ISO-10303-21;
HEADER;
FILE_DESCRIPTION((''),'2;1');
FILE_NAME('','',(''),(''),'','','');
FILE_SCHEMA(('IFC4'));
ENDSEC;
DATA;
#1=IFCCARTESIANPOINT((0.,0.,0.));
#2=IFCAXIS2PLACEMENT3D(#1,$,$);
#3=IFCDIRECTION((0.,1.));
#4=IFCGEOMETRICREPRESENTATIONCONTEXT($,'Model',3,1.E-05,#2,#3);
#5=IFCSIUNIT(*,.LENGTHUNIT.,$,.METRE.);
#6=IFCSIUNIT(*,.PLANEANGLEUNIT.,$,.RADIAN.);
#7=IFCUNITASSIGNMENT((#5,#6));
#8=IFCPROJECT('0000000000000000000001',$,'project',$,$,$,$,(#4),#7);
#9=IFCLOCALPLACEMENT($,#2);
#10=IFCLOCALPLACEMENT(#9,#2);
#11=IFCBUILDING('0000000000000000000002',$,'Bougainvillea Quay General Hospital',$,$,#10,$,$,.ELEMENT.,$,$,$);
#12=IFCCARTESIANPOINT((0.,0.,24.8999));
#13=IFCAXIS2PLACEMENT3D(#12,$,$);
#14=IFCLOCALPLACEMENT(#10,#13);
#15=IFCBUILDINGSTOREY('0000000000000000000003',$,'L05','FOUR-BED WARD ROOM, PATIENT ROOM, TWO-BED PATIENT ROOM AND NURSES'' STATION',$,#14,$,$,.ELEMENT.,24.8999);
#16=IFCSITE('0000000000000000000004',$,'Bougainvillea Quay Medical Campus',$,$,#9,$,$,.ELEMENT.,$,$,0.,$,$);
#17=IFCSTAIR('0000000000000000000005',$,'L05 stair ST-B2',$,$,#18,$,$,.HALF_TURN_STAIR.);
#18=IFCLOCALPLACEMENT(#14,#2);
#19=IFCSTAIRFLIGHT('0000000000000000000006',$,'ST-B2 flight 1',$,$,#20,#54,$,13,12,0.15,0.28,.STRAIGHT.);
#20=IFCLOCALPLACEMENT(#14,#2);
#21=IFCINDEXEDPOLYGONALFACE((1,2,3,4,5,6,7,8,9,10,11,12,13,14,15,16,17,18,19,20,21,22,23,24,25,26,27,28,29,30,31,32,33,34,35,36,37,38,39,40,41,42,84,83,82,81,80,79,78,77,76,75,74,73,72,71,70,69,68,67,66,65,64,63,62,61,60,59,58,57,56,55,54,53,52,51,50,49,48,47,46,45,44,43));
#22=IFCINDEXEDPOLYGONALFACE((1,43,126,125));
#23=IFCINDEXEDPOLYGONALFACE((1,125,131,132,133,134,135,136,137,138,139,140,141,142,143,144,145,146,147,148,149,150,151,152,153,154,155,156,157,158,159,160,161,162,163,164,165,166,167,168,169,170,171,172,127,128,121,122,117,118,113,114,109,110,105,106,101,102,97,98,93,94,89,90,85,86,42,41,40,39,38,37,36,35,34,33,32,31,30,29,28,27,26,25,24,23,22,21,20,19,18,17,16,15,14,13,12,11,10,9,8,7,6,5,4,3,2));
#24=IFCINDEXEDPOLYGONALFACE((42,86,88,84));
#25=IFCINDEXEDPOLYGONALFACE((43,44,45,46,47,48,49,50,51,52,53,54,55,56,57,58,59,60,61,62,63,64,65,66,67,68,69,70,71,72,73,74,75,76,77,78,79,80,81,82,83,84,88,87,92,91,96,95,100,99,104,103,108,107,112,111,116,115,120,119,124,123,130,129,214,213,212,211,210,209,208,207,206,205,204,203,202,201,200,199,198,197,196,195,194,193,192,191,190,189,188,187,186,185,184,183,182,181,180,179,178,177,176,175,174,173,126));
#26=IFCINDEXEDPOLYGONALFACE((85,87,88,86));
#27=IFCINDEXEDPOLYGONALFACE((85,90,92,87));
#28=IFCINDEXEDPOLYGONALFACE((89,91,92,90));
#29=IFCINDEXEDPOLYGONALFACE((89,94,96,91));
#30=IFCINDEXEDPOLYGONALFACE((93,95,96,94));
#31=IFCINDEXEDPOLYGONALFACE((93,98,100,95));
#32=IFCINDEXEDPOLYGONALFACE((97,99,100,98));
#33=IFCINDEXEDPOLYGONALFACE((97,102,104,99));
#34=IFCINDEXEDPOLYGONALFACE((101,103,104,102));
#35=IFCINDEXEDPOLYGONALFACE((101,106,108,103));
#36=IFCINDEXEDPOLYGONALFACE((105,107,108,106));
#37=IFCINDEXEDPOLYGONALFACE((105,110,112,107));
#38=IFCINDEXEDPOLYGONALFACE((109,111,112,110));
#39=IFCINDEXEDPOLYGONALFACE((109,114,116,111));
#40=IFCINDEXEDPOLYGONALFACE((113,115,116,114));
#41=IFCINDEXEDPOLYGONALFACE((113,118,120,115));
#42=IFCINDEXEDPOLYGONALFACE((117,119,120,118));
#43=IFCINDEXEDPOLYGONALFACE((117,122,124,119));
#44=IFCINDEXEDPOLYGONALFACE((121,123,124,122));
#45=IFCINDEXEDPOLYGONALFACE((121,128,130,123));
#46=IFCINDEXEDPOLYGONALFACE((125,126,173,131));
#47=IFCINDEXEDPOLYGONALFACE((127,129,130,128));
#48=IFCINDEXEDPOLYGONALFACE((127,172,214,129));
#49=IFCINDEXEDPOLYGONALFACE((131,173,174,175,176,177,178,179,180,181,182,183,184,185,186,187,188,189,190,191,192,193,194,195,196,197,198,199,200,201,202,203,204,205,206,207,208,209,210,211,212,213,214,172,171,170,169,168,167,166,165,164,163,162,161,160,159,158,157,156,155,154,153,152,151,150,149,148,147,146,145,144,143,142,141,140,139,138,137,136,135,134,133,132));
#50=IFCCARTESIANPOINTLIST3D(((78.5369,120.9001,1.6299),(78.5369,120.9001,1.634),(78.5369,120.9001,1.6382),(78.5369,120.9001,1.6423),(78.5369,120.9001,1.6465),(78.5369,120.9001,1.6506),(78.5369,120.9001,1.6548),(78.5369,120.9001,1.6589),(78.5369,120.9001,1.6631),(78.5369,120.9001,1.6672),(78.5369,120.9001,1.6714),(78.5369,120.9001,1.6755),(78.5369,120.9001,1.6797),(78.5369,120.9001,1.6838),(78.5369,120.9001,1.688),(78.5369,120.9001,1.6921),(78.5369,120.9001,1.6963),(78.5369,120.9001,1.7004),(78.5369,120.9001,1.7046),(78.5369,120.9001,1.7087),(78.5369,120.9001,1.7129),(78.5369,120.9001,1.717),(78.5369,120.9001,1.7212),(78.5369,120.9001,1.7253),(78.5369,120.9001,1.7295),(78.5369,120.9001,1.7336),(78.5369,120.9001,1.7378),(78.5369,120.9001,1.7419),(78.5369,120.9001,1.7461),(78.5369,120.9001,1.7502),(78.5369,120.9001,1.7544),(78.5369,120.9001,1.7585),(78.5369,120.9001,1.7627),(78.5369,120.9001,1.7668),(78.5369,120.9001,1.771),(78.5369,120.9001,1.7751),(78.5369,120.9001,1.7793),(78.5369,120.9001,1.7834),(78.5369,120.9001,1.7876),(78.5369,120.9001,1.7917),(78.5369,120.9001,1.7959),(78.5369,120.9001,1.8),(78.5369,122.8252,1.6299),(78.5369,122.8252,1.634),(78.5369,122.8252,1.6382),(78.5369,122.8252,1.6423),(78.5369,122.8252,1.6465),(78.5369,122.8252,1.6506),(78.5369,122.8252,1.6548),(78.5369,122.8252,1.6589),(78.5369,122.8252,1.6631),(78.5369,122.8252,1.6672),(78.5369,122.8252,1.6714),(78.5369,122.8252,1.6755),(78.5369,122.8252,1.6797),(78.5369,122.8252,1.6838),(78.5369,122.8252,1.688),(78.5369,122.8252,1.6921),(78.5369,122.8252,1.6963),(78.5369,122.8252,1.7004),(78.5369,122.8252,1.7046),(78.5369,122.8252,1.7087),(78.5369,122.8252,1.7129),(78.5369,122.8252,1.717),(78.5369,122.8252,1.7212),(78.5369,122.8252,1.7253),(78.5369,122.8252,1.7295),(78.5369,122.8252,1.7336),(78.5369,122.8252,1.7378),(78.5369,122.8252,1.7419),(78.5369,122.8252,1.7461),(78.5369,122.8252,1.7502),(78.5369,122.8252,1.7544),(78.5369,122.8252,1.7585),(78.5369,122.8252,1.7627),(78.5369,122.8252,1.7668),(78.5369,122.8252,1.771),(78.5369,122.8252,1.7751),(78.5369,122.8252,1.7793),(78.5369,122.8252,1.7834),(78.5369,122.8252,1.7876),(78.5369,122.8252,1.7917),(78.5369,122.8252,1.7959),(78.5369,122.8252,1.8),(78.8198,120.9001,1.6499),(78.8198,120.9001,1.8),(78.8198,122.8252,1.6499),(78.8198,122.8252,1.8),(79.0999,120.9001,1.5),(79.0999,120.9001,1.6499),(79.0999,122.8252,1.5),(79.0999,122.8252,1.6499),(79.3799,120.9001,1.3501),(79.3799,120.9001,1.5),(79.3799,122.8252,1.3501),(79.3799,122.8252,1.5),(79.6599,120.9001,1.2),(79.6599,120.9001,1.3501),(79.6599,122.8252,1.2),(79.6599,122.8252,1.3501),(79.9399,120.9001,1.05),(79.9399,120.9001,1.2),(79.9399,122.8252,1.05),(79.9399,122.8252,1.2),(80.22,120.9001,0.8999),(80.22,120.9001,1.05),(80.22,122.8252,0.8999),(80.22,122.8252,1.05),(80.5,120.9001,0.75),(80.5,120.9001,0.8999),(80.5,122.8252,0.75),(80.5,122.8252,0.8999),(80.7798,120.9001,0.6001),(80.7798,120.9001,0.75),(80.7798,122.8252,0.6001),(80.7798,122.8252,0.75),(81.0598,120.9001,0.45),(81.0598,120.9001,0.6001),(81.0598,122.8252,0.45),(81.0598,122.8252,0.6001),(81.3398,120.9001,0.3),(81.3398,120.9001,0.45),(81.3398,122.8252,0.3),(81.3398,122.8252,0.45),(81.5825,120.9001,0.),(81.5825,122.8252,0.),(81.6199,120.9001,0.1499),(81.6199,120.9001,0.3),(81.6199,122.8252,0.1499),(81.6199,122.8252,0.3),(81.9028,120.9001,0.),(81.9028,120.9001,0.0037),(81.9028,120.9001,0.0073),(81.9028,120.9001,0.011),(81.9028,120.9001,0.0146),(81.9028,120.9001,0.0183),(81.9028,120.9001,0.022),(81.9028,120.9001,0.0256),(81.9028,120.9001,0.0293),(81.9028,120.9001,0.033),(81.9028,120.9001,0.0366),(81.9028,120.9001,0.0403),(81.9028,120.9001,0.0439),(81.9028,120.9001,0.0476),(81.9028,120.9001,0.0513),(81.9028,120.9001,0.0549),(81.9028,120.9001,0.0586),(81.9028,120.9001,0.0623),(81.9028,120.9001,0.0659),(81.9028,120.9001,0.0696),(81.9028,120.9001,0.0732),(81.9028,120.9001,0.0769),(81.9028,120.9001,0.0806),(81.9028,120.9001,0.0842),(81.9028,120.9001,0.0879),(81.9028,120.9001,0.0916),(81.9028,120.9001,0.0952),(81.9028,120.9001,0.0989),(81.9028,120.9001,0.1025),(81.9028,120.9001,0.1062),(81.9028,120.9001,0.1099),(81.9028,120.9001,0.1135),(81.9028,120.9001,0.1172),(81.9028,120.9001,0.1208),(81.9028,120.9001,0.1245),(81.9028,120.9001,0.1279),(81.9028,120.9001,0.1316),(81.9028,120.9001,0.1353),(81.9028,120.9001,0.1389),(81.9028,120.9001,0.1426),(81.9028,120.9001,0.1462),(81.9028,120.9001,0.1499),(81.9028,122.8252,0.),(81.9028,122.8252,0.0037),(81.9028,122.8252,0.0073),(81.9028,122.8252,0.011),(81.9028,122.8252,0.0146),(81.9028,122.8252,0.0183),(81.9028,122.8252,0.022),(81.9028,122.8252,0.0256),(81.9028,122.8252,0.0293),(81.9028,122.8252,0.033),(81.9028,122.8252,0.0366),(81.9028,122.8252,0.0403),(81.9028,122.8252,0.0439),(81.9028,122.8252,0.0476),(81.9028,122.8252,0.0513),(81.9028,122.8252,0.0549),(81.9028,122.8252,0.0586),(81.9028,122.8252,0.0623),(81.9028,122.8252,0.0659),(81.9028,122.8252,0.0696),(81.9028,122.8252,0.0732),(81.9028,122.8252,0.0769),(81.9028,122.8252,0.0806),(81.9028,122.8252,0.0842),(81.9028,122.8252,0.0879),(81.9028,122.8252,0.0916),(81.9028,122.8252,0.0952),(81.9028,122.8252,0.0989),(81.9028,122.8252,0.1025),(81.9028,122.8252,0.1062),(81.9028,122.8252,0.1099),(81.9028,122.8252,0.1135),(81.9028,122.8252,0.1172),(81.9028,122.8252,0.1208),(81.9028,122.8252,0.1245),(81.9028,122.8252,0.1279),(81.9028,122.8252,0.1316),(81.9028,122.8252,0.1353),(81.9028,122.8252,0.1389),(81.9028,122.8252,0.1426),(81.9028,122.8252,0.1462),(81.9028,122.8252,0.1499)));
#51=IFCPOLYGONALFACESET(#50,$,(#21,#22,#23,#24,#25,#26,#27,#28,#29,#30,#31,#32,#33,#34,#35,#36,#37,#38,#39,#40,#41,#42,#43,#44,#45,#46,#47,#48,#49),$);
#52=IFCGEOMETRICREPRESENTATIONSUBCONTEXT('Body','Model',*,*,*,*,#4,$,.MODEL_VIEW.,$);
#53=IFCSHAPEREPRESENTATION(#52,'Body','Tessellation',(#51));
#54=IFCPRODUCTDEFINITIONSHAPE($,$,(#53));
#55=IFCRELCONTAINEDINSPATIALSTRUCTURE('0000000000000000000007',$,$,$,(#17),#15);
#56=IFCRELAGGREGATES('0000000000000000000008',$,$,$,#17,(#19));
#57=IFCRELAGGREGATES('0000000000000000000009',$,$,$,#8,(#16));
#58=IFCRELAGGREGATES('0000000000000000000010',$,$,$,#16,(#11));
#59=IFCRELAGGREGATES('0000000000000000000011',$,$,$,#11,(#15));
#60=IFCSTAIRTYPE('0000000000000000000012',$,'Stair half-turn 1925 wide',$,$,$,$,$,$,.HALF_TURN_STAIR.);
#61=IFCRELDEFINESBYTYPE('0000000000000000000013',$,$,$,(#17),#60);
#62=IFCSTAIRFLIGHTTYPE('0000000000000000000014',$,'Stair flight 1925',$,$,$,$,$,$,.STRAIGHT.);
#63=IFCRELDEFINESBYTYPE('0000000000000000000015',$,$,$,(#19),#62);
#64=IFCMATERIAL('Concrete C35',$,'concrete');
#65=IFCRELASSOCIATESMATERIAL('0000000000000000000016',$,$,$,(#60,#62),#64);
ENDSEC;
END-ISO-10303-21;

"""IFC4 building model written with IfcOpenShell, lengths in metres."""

from ifc_helpers import new_model, si_unit, direction, frame, origin, place, context, subcontext, project, spatial, polyline, outline, extrude, material, type_object, element, aggregate, save


model = new_model("IFC4")

# Units and contexts
model_context = context("Model", 3, precision=1e-05, world=origin(), true_north=direction((0.0, 1.0)))
body_context = subcontext(model_context, "Body", "Model", "MODEL_VIEW")
ifc_project = project(units=[si_unit("LENGTHUNIT", "METRE"), si_unit("PLANEANGLEUNIT", "RADIAN")], contexts=[model_context])

# Site, building, storey
site_placement = place(None, origin())
site = spatial("IfcSite", under=ifc_project, at=site_placement, Name="Bougainvillea Quay Medical Campus", CompositionType="ELEMENT", RefElevation=0.0)
building_placement = place(site_placement, origin())
building = spatial("IfcBuilding", under=site, at=building_placement, Name="Bougainvillea Quay General Hospital", CompositionType="ELEMENT")
storey_placement = place(building_placement, frame((0.0, 0.0, 24.8999)))
storey = spatial("IfcBuildingStorey", under=building, at=storey_placement, Name="L05", Description="FOUR-BED WARD ROOM, PATIENT ROOM, TWO-BED PATIENT ROOM AND NURSES' STATION", CompositionType="ELEMENT", Elevation=24.8999)

# Stair, stair flight
ifc_material_1 = material(Name="Concrete C35", Category="concrete")
stair_type = type_object("IfcStairType", Name="Stair half-turn 1925 wide", PredefinedType="HALF_TURN_STAIR", material=ifc_material_1)
stair_placement = place(storey_placement, origin())
stair = element("IfcStair", 1, at=stair_placement, inside=storey, type_object=stair_type, Name="L05 stair ST-B2", PredefinedType="HALF_TURN_STAIR")
stair_flight_type = type_object("IfcStairFlightType", Name="Stair flight 1925", PredefinedType="STRAIGHT", material=ifc_material_1)
stair_flight_1_placement = place(storey_placement, frame((81.8999, 121.8625, 0.0), z_axis=(0.0, 0.0, 1.0), x_axis=(-1.0, 0.0, 0.0)))
stair_flight_1 = element("IfcStairFlight", 2, at=stair_flight_1_placement, type_object=stair_flight_type, Name="ST-B2 flight 1", NumberOfRisers=13, NumberOfTreads=12, PredefinedType="STRAIGHT", RiserHeight=0.15, TreadLength=0.28, context=body_context, shape_type="SweptSolid", body=[
    extrude(outline(polyline([(-0.0029, 0.0), (-0.0029, 0.0037), (-0.0029, 0.0073), (-0.0029, 0.011), (-0.0029, 0.0146), (-0.0029, 0.0183), (-0.0029, 0.022), (-0.0029, 0.0256), (-0.0029, 0.0293), (-0.0029, 0.033), (-0.0029, 0.0366), (-0.0029, 0.0403), (-0.0029, 0.0439), (-0.0029, 0.0476), (-0.0029, 0.0513), (-0.0029, 0.0549), (-0.0029, 0.0586), (-0.0029, 0.0623), (-0.0029, 0.0659), (-0.0029, 0.0696), (-0.0029, 0.0732), (-0.0029, 0.0769), (-0.0029, 0.0806), (-0.0029, 0.0842), (-0.0029, 0.0879), (-0.0029, 0.0916), (-0.0029, 0.0952), (-0.0029, 0.0989), (-0.0029, 0.1025), (-0.0029, 0.1062), (-0.0029, 0.1099), (-0.0029, 0.1135), (-0.0029, 0.1172), (-0.0029, 0.1208), (-0.0029, 0.1245), (-0.0029, 0.1279), (-0.0029, 0.1316), (-0.0029, 0.1353), (-0.0029, 0.1389), (-0.0029, 0.1426), (-0.0029, 0.1462), (-0.0029, 0.1499), (0.28, 0.1499), (0.28, 0.3), (0.5601, 0.3), (0.5601, 0.45), (0.8401, 0.45), (0.8401, 0.6001), (1.1201, 0.6001), (1.1201, 0.75), (1.3999, 0.75), (1.3999, 0.8999), (1.6799, 0.8999), (1.6799, 1.05), (1.96, 1.05), (1.96, 1.2), (2.24, 1.2), (2.24, 1.3501), (2.52, 1.3501), (2.52, 1.5), (2.8, 1.5), (2.8, 1.6499), (3.0801, 1.6499), (3.0801, 1.8), (3.363, 1.8), (3.363, 1.7959), (3.363, 1.7917), (3.363, 1.7876), (3.363, 1.7834), (3.363, 1.7793), (3.363, 1.7751), (3.363, 1.771), (3.363, 1.7668), (3.363, 1.7627), (3.363, 1.7585), (3.363, 1.7544), (3.363, 1.7502), (3.363, 1.7461), (3.363, 1.7419), (3.363, 1.7378), (3.363, 1.7336), (3.363, 1.7295), (3.363, 1.7253), (3.363, 1.7212), (3.363, 1.717), (3.363, 1.7129), (3.363, 1.7087), (3.363, 1.7046), (3.363, 1.7004), (3.363, 1.6963), (3.363, 1.6921), (3.363, 1.688), (3.363, 1.6838), (3.363, 1.6797), (3.363, 1.6755), (3.363, 1.6714), (3.363, 1.6672), (3.363, 1.6631), (3.363, 1.6589), (3.363, 1.6548), (3.363, 1.6506), (3.363, 1.6465), (3.363, 1.6423), (3.363, 1.6382), (3.363, 1.634), (3.363, 1.6299), (0.3174, 0.0), (-0.0029, 0.0)])), frame((0.0, 0.9624, 0.0), z_axis=(0.0, -1.0, 0.0), x_axis=(1.0, 0.0, 0.0)), (0.0, 0.0, 1.0), 1.925),
])
aggregate(stair, [stair_flight_1])

save(model, "model.ifc")
